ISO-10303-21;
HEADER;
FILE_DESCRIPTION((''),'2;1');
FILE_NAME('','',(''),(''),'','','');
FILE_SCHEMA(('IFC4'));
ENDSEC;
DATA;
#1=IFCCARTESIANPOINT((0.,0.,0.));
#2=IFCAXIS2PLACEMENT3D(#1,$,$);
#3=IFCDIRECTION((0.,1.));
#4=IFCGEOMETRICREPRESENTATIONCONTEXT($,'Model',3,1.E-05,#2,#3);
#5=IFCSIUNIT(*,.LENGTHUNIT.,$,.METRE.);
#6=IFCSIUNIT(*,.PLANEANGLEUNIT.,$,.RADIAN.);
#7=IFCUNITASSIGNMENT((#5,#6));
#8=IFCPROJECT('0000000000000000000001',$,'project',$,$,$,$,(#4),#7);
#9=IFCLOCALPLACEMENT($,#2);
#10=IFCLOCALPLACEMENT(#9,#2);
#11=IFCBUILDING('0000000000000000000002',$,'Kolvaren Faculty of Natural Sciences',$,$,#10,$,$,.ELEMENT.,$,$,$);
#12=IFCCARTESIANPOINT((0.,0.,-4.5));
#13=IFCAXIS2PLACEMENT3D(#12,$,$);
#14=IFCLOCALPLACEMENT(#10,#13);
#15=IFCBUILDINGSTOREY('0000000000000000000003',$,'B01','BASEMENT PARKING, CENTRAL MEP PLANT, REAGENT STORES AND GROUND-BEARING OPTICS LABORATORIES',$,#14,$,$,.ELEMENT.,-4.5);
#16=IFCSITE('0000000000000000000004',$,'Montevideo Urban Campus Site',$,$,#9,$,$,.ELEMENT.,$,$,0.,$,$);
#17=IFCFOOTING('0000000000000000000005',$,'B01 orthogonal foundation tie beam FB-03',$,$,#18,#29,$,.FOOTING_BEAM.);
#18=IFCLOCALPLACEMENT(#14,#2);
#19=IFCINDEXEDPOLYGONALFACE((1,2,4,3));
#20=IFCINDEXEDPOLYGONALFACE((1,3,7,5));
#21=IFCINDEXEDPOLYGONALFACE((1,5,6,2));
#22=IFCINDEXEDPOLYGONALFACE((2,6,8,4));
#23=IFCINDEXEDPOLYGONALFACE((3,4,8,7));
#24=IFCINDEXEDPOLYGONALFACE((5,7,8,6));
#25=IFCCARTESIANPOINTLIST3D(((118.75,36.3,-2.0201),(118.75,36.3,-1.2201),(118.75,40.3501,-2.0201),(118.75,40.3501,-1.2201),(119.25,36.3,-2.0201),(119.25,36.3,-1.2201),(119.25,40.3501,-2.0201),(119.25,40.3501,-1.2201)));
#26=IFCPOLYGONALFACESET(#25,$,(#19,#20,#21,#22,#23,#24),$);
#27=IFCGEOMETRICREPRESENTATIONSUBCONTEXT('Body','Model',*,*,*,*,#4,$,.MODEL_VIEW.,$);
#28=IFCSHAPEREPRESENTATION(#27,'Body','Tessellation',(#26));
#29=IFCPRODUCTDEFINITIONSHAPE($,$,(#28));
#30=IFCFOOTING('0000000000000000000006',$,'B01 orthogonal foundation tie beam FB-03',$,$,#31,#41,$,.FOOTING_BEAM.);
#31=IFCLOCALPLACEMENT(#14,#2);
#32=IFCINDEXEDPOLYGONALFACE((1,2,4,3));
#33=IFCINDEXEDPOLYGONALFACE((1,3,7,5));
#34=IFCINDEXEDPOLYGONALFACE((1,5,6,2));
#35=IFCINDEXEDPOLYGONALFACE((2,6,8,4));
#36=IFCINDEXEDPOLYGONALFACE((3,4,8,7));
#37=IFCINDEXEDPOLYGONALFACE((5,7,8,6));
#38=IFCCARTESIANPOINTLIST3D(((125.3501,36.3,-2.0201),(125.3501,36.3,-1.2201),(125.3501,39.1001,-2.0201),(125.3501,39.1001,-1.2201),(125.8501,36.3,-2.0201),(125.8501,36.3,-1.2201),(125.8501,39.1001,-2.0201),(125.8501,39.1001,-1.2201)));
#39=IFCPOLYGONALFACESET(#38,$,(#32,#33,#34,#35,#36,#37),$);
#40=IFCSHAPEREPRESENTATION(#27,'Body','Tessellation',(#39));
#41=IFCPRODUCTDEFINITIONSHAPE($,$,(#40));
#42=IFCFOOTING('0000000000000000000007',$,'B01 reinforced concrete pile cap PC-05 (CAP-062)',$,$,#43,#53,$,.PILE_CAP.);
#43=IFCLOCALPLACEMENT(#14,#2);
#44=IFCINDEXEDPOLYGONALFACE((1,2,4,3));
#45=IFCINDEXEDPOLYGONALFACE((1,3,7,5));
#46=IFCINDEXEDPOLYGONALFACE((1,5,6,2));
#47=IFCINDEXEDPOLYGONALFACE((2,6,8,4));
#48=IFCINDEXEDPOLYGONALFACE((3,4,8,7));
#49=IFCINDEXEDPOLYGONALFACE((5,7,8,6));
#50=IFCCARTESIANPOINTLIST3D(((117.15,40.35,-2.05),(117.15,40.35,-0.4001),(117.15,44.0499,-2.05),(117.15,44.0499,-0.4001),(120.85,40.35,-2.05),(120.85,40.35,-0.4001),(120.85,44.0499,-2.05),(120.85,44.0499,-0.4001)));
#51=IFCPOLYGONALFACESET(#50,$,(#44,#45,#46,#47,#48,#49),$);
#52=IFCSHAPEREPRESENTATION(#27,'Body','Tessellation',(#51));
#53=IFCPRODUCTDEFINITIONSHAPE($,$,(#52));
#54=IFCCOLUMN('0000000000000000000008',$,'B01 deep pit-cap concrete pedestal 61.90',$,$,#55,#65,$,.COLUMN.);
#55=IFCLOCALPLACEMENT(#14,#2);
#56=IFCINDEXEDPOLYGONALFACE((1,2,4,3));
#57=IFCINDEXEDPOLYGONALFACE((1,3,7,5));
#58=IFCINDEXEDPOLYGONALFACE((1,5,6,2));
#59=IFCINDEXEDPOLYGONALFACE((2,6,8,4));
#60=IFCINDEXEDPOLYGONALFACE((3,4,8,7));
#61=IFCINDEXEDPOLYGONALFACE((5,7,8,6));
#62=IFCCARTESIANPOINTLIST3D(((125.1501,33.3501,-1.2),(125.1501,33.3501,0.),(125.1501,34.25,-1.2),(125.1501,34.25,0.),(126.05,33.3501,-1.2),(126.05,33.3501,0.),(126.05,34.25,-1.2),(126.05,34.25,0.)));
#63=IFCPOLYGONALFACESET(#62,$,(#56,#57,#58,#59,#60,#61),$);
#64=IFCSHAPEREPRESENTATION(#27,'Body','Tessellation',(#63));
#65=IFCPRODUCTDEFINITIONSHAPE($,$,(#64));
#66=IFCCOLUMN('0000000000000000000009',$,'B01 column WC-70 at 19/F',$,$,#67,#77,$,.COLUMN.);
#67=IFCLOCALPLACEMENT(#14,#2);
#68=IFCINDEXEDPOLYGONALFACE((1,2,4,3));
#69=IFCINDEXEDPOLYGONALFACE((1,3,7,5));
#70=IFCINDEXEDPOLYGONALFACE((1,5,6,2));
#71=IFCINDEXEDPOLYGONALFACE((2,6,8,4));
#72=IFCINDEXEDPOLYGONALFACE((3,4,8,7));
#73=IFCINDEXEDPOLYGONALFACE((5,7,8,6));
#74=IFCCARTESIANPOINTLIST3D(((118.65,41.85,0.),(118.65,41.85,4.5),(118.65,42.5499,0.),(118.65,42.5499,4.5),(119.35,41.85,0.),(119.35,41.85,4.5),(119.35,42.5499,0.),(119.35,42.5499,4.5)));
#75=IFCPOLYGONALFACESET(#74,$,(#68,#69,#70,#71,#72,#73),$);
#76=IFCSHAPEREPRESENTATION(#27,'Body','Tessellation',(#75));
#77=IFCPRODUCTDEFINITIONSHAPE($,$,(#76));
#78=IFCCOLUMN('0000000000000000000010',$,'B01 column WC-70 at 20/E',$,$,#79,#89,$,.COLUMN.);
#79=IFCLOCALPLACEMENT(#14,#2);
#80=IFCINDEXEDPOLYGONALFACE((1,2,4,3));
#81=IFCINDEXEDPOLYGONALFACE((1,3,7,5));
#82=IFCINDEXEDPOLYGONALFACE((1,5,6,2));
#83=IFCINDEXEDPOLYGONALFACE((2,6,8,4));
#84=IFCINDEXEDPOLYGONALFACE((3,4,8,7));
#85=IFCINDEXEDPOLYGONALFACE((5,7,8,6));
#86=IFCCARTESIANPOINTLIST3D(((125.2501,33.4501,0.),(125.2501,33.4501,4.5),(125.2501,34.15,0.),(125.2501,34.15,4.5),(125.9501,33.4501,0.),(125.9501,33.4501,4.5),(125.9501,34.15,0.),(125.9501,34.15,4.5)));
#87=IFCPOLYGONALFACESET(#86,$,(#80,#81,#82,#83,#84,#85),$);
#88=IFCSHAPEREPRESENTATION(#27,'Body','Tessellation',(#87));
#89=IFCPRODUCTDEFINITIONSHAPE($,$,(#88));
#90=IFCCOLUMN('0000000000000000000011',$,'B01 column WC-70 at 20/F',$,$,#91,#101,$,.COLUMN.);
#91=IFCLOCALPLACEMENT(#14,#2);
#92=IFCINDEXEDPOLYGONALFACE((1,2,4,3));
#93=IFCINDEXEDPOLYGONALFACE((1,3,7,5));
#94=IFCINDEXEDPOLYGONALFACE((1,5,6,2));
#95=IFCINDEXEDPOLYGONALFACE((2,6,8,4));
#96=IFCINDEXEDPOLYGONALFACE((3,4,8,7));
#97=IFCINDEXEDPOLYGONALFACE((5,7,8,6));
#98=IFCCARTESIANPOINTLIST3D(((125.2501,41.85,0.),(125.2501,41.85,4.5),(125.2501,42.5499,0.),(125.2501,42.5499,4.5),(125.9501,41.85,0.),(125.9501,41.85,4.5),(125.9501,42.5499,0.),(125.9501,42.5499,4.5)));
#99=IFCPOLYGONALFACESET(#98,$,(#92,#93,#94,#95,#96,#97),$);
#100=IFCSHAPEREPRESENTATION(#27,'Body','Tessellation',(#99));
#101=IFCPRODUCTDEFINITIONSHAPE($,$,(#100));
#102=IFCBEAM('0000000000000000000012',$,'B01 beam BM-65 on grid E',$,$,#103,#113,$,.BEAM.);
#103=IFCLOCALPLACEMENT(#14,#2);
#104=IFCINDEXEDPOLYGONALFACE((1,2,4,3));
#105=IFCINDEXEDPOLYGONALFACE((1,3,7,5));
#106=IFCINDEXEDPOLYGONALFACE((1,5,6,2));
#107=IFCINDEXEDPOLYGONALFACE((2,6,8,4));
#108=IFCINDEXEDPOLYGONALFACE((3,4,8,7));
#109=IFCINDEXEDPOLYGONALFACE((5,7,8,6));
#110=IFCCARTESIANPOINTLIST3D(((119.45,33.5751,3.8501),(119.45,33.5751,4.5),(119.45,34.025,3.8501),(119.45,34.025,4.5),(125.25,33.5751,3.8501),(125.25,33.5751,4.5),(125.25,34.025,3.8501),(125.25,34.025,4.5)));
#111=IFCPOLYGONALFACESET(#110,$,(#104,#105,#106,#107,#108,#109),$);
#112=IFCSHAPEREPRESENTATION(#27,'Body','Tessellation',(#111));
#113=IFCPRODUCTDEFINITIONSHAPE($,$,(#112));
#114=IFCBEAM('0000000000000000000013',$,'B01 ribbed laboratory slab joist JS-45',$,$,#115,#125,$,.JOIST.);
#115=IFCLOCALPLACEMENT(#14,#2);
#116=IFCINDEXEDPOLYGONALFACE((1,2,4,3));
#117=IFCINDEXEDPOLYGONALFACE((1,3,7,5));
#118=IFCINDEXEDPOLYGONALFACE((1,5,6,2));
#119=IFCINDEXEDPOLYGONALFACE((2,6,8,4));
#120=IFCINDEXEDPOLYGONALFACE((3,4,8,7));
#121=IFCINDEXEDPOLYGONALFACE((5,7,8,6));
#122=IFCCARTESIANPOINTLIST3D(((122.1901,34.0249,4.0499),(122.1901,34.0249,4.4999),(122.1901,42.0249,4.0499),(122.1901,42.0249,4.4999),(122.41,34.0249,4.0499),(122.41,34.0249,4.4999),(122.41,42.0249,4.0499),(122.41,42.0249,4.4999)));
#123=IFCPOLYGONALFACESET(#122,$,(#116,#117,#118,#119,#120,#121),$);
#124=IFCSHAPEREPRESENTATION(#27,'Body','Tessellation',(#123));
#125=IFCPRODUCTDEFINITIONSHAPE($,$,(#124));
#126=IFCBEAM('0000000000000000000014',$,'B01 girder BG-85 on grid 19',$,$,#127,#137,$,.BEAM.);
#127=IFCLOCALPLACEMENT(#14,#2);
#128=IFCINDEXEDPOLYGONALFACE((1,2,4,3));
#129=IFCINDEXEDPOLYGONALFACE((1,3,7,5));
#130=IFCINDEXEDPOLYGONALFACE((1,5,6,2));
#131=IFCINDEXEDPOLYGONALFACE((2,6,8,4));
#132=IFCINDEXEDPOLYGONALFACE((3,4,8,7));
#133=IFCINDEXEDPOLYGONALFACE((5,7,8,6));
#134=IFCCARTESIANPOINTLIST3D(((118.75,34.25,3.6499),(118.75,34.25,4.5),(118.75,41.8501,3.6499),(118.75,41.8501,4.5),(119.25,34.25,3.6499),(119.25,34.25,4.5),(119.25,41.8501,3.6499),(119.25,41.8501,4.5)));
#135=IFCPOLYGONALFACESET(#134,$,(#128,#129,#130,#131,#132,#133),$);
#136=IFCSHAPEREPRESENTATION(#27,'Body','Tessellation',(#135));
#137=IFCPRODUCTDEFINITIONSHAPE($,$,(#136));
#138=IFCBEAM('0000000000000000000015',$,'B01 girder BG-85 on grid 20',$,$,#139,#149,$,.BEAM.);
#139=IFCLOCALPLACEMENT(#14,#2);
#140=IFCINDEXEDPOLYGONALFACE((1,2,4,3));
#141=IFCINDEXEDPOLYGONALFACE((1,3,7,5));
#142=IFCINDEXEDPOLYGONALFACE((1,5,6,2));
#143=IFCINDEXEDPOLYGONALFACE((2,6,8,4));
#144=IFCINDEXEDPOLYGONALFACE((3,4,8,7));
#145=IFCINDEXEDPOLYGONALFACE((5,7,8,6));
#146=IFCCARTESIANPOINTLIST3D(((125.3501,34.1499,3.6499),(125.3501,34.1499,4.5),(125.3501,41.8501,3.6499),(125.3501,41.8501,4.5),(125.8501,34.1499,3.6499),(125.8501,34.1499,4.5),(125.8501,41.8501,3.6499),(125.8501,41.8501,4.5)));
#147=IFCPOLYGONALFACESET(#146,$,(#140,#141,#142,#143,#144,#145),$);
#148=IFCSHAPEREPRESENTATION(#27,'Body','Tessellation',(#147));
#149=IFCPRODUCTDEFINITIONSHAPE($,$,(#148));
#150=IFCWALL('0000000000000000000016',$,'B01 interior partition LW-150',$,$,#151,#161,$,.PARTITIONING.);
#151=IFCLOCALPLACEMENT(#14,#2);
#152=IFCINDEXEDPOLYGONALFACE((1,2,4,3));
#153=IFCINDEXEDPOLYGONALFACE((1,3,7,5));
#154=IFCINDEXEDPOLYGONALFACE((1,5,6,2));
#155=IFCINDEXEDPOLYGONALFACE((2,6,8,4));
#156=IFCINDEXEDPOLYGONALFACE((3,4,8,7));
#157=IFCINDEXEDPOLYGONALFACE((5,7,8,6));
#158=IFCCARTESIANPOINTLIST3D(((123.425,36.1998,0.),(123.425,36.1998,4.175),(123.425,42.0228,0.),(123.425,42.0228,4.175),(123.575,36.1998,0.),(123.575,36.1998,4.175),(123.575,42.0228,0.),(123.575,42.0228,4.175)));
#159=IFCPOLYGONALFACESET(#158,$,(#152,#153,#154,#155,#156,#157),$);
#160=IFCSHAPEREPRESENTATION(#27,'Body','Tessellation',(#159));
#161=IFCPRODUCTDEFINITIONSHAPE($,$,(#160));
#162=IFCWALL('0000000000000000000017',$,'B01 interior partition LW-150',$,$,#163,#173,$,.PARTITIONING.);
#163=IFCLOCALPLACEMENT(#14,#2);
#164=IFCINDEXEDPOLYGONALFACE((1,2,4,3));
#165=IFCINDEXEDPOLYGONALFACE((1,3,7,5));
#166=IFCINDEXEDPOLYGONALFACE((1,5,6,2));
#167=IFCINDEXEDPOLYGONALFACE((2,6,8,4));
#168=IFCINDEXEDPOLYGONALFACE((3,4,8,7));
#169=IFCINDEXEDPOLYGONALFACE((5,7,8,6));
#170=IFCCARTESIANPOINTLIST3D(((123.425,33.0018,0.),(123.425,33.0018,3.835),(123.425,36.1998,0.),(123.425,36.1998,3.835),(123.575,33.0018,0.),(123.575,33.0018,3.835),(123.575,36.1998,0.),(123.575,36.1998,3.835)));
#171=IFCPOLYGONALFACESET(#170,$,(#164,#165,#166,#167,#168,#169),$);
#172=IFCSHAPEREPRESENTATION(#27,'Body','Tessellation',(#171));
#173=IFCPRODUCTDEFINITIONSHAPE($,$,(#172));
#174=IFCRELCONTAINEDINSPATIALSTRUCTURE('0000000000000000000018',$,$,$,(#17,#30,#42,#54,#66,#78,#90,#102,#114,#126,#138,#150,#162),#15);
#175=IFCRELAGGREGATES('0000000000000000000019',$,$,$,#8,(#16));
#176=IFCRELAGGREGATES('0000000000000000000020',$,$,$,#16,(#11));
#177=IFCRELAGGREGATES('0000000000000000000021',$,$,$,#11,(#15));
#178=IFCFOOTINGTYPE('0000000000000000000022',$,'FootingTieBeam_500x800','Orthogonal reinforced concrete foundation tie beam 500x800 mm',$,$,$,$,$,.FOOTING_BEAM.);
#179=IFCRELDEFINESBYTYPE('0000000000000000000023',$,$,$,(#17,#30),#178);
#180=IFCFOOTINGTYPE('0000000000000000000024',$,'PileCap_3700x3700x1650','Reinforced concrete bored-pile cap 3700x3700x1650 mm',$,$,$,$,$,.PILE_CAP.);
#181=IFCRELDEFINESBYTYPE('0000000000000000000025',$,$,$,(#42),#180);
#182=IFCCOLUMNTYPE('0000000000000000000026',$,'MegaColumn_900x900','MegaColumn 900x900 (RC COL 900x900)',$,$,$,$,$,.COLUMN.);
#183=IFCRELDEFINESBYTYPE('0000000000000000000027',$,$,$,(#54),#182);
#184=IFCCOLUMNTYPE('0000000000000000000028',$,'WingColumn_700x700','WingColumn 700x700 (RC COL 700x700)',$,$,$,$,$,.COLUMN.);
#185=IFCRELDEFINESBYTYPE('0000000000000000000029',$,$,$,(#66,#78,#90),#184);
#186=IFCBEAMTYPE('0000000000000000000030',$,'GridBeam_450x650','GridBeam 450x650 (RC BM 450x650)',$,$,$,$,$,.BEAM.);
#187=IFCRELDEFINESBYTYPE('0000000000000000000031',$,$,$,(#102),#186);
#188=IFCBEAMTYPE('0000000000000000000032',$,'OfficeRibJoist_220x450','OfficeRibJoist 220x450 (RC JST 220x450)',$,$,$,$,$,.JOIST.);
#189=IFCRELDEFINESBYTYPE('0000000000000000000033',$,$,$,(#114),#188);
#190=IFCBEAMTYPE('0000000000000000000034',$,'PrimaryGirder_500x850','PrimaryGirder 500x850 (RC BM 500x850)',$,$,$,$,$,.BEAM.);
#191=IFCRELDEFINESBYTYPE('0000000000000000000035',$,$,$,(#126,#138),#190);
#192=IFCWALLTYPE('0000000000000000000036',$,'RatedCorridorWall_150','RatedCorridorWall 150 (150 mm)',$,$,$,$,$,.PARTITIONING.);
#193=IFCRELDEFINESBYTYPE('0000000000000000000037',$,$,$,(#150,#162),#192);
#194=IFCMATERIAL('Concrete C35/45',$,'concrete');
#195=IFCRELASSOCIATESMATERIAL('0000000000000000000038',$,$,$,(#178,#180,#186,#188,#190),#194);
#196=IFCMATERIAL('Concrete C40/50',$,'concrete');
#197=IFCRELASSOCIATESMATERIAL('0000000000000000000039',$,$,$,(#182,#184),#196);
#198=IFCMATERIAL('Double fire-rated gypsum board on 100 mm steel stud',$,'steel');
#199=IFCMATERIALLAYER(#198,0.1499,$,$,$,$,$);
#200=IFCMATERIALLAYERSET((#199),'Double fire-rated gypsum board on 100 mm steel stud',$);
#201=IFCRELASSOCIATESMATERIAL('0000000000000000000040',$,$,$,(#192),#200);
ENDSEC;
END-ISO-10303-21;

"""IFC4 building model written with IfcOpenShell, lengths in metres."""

from ifc_helpers import new_model, si_unit, direction, frame, frame_2d, origin, origin_2d, place, context, subcontext, project, spatial, rectangle, extrude, material, layer, layer_set, material_profile, profile_set, type_object, element, save


model = new_model("IFC4")

# Units and contexts
model_context = context("Model", 3, precision=1e-05, world=origin(), true_north=direction((0.0, 1.0)))
body_context = subcontext(model_context, "Body", "Model", "MODEL_VIEW")
ifc_project = project(units=[si_unit("LENGTHUNIT", "METRE"), si_unit("PLANEANGLEUNIT", "RADIAN")], contexts=[model_context])

# Site, building, storey
site_placement = place(None, origin())
site = spatial("IfcSite", under=ifc_project, at=site_placement, Name="Montevideo Urban Campus Site", CompositionType="ELEMENT", RefElevation=0.0)
building_placement = place(site_placement, origin())
building = spatial("IfcBuilding", under=site, at=building_placement, Name="Kolvaren Faculty of Natural Sciences", CompositionType="ELEMENT")
storey_placement = place(building_placement, frame((0.0, 0.0, -4.5)))
storey = spatial("IfcBuildingStorey", under=building, at=storey_placement, Name="B01", Description="BASEMENT PARKING, CENTRAL MEP PLANT, REAGENT STORES AND GROUND-BEARING OPTICS LABORATORIES", CompositionType="ELEMENT", Elevation=-4.5)

# Shared definitions
ifc_material_1 = material(Name="Concrete C35/45", Category="concrete")

# Footings
ifc_material_profile_1 = material_profile(ifc_material_1, rectangle(XDim=0.5, YDim=0.8, at=origin_2d()), Name="RC FB 500x800")
ifc_profile_set_1 = profile_set([ifc_material_profile_1], Name="Concrete C35/45")
footing_type_1 = type_object("IfcFootingType", Name="FootingTieBeam_500x800", Description="Orthogonal reinforced concrete foundation tie beam 500x800 mm", PredefinedType="FOOTING_BEAM", material=ifc_profile_set_1)
footing_1_placement = place(storey_placement, frame((119.0, 36.3, -1.6201), z_axis=(0.0, 1.0, 0.0), x_axis=(-1.0, 0.0, 0.0)))
element("IfcFooting", 1, at=footing_1_placement, inside=storey, type_object=footing_type_1, Name="B01 orthogonal foundation tie beam FB-03", PredefinedType="FOOTING_BEAM", context=body_context, shape_type="SweptSolid", body=[
    extrude(rectangle(XDim=0.5, YDim=0.8, at=origin_2d()), origin(), (0.0, 0.0, 1.0), 4.05),
])
footing_2_placement = place(storey_placement, frame((125.6001, 36.3, -1.6201), z_axis=(0.0, 1.0, 0.0), x_axis=(-1.0, 0.0, 0.0)))
element("IfcFooting", 2, at=footing_2_placement, inside=storey, type_object=footing_type_1, Name="B01 orthogonal foundation tie beam FB-03", PredefinedType="FOOTING_BEAM", context=body_context, shape_type="SweptSolid", body=[
    extrude(rectangle(XDim=0.5, YDim=0.8, at=origin_2d()), origin(), (0.0, 0.0, 1.0), 2.8),
])
footing_type_2 = type_object("IfcFootingType", Name="PileCap_3700x3700x1650", Description="Reinforced concrete bored-pile cap 3700x3700x1650 mm", PredefinedType="PILE_CAP", material=ifc_material_1)
footing_3_placement = place(storey_placement, frame((119.0, 42.2, -2.05), z_axis=(0.0, 0.0, 1.0), x_axis=(1.0, 0.0, 0.0)))
element("IfcFooting", 3, at=footing_3_placement, inside=storey, type_object=footing_type_2, Name="B01 reinforced concrete pile cap PC-05 (CAP-062)", PredefinedType="PILE_CAP", context=body_context, shape_type="SweptSolid", body=[
    extrude(rectangle(XDim=3.7, YDim=3.7, at=origin_2d()), origin(), (0.0, 0.0, 1.0), 1.6499),
])

# Columns
ifc_material_2 = material(Name="Concrete C40/50", Category="concrete")
ifc_material_profile_2 = material_profile(ifc_material_2, rectangle(XDim=0.8999, YDim=0.8999, at=origin_2d()), Name="RC COL 900x900")
ifc_profile_set_2 = profile_set([ifc_material_profile_2], Name="Concrete C40/50")
column_type_1 = type_object("IfcColumnType", Name="MegaColumn_900x900", Description="MegaColumn 900x900 (RC COL 900x900)", PredefinedType="COLUMN", material=ifc_profile_set_2)
column_placement = place(storey_placement, frame((125.6001, 33.8, -1.2), z_axis=(0.0, 0.0, 1.0), x_axis=(1.0, 0.0, 0.0)))
element("IfcColumn", 4, at=column_placement, inside=storey, type_object=column_type_1, Name="B01 deep pit-cap concrete pedestal 61.90", PredefinedType="COLUMN", context=body_context, shape_type="SweptSolid", body=[
    extrude(rectangle(XDim=0.8999, YDim=0.8999, at=origin_2d()), origin(), (0.0, 0.0, 1.0), 1.2),
])
ifc_material_profile_3 = material_profile(ifc_material_2, rectangle(XDim=0.7, YDim=0.7, at=origin_2d()), Name="RC COL 700x700")
ifc_profile_set_3 = profile_set([ifc_material_profile_3], Name="Concrete C40/50")
column_type_2 = type_object("IfcColumnType", Name="WingColumn_700x700", Description="WingColumn 700x700 (RC COL 700x700)", PredefinedType="COLUMN", material=ifc_profile_set_3)
for number, where, z_axis, x_axis, name in (
    (5, (119.0, 42.2, 0.0), (0.0, 0.0, 1.0), (1.0, 0.0, 0.0), "B01 column WC-70 at 19/F"),
    (6, (125.6001, 33.8, 0.0), (0.0, 0.0, 1.0), (1.0, 0.0, 0.0), "B01 column WC-70 at 20/E"),
    (7, (125.6001, 42.2, 0.0), (0.0, 0.0, 1.0), (1.0, 0.0, 0.0), "B01 column WC-70 at 20/F"),
):
    element("IfcColumn", number, at=place(storey_placement, frame(where, z_axis=z_axis, x_axis=x_axis)), inside=storey, type_object=column_type_2, Name=name, PredefinedType="COLUMN", context=body_context, shape_type="SweptSolid", body=[
        extrude(rectangle(XDim=0.7, YDim=0.7, at=origin_2d()), origin(), (0.0, 0.0, 1.0), 4.5),
    ])

# Beams
ifc_material_profile_4 = material_profile(ifc_material_1, rectangle(XDim=0.45, YDim=0.6499, at=origin_2d()), Name="RC BM 450x650")
ifc_profile_set_4 = profile_set([ifc_material_profile_4], Name="Concrete C35/45")
beam_type_1 = type_object("IfcBeamType", Name="GridBeam_450x650", Description="GridBeam 450x650 (RC BM 450x650)", PredefinedType="BEAM", material=ifc_profile_set_4)
beam_1_placement = place(storey_placement, frame((119.45, 33.8, 4.175), z_axis=(1.0, 0.0, 0.0), x_axis=(0.0, 1.0, 0.0)))
element("IfcBeam", 8, at=beam_1_placement, inside=storey, type_object=beam_type_1, Name="B01 beam BM-65 on grid E", PredefinedType="BEAM", context=body_context, shape_type="SweptSolid", body=[
    extrude(rectangle(XDim=0.45, YDim=0.6499, at=origin_2d()), origin(), (0.0, 0.0, 1.0), 5.8),
])
ifc_material_profile_5 = material_profile(ifc_material_1, rectangle(XDim=0.22, YDim=0.45, at=origin_2d()), Name="RC JST 220x450")
ifc_profile_set_5 = profile_set([ifc_material_profile_5], Name="Concrete C35/45")
beam_type_2 = type_object("IfcBeamType", Name="OfficeRibJoist_220x450", Description="OfficeRibJoist 220x450 (RC JST 220x450)", PredefinedType="JOIST", material=ifc_profile_set_5)
beam_2_placement = place(storey_placement, frame((122.3, 34.0249, 4.2749), z_axis=(0.0, 1.0, 0.0), x_axis=(-1.0, 0.0, 0.0)))
element("IfcBeam", 9, at=beam_2_placement, inside=storey, type_object=beam_type_2, Name="B01 ribbed laboratory slab joist JS-45", PredefinedType="JOIST", context=body_context, shape_type="SweptSolid", body=[
    extrude(rectangle(XDim=0.22, YDim=0.45, at=origin_2d()), origin(), (0.0, 0.0, 1.0), 8.0),
])
ifc_material_profile_6 = material_profile(ifc_material_1, rectangle(XDim=0.5, YDim=0.8501, at=origin_2d()), Name="RC BM 500x850")
ifc_profile_set_6 = profile_set([ifc_material_profile_6], Name="Concrete C35/45")
beam_type_3 = type_object("IfcBeamType", Name="PrimaryGirder_500x850", Description="PrimaryGirder 500x850 (RC BM 500x850)", PredefinedType="BEAM", material=ifc_profile_set_6)
beam_3_placement = place(storey_placement, frame((119.0, 34.25, 4.075), z_axis=(0.0, 1.0, 0.0), x_axis=(-1.0, 0.0, 0.0)))
element("IfcBeam", 10, at=beam_3_placement, inside=storey, type_object=beam_type_3, Name="B01 girder BG-85 on grid 19", PredefinedType="BEAM", context=body_context, shape_type="SweptSolid", body=[
    extrude(rectangle(XDim=0.5, YDim=0.8501, at=origin_2d()), origin(), (0.0, 0.0, 1.0), 7.6001),
])
beam_4_placement = place(storey_placement, frame((125.6001, 34.1499, 4.075), z_axis=(0.0, 1.0, 0.0), x_axis=(-1.0, 0.0, 0.0)))
element("IfcBeam", 11, at=beam_4_placement, inside=storey, type_object=beam_type_3, Name="B01 girder BG-85 on grid 20", PredefinedType="BEAM", context=body_context, shape_type="SweptSolid", body=[
    extrude(rectangle(XDim=0.5, YDim=0.8501, at=origin_2d()), origin(), (0.0, 0.0, 1.0), 7.7002),
])

# Walls
ifc_material_3 = material(Name="Double fire-rated gypsum board on 100 mm steel stud", Category="steel")
ifc_layer = layer(ifc_material_3, 0.1499)
ifc_layer_set = layer_set([ifc_layer], Name="Double fire-rated gypsum board on 100 mm steel stud")
wall_type = type_object("IfcWallType", Name="RatedCorridorWall_150", Description="RatedCorridorWall 150 (150 mm)", PredefinedType="PARTITIONING", material=ifc_layer_set)
wall_1_placement = place(storey_placement, frame((123.5, 42.0229, 0.0), z_axis=(0.0, 0.0, 1.0), x_axis=(0.0, -1.0, 0.0)))
element("IfcWall", 12, at=wall_1_placement, inside=storey, type_object=wall_type, Name="B01 interior partition LW-150", PredefinedType="PARTITIONING", context=body_context, shape_type="SweptSolid", body=[
    extrude(rectangle(XDim=5.823, YDim=0.1499, at=frame_2d((2.9116, 0.0))), origin(), (0.0, 0.0, 1.0), 4.175),
])
wall_2_placement = place(storey_placement, frame((123.5, 36.2, 0.0), z_axis=(0.0, 0.0, 1.0), x_axis=(0.0, -1.0, 0.0)))
element("IfcWall", 13, at=wall_2_placement, inside=storey, type_object=wall_type, Name="B01 interior partition LW-150", PredefinedType="PARTITIONING", context=body_context, shape_type="SweptSolid", body=[
    extrude(rectangle(XDim=3.198, YDim=0.1499, at=frame_2d((1.5991, 0.0))), origin(), (0.0, 0.0, 1.0), 3.835),
])

save(model, "model.ifc")
